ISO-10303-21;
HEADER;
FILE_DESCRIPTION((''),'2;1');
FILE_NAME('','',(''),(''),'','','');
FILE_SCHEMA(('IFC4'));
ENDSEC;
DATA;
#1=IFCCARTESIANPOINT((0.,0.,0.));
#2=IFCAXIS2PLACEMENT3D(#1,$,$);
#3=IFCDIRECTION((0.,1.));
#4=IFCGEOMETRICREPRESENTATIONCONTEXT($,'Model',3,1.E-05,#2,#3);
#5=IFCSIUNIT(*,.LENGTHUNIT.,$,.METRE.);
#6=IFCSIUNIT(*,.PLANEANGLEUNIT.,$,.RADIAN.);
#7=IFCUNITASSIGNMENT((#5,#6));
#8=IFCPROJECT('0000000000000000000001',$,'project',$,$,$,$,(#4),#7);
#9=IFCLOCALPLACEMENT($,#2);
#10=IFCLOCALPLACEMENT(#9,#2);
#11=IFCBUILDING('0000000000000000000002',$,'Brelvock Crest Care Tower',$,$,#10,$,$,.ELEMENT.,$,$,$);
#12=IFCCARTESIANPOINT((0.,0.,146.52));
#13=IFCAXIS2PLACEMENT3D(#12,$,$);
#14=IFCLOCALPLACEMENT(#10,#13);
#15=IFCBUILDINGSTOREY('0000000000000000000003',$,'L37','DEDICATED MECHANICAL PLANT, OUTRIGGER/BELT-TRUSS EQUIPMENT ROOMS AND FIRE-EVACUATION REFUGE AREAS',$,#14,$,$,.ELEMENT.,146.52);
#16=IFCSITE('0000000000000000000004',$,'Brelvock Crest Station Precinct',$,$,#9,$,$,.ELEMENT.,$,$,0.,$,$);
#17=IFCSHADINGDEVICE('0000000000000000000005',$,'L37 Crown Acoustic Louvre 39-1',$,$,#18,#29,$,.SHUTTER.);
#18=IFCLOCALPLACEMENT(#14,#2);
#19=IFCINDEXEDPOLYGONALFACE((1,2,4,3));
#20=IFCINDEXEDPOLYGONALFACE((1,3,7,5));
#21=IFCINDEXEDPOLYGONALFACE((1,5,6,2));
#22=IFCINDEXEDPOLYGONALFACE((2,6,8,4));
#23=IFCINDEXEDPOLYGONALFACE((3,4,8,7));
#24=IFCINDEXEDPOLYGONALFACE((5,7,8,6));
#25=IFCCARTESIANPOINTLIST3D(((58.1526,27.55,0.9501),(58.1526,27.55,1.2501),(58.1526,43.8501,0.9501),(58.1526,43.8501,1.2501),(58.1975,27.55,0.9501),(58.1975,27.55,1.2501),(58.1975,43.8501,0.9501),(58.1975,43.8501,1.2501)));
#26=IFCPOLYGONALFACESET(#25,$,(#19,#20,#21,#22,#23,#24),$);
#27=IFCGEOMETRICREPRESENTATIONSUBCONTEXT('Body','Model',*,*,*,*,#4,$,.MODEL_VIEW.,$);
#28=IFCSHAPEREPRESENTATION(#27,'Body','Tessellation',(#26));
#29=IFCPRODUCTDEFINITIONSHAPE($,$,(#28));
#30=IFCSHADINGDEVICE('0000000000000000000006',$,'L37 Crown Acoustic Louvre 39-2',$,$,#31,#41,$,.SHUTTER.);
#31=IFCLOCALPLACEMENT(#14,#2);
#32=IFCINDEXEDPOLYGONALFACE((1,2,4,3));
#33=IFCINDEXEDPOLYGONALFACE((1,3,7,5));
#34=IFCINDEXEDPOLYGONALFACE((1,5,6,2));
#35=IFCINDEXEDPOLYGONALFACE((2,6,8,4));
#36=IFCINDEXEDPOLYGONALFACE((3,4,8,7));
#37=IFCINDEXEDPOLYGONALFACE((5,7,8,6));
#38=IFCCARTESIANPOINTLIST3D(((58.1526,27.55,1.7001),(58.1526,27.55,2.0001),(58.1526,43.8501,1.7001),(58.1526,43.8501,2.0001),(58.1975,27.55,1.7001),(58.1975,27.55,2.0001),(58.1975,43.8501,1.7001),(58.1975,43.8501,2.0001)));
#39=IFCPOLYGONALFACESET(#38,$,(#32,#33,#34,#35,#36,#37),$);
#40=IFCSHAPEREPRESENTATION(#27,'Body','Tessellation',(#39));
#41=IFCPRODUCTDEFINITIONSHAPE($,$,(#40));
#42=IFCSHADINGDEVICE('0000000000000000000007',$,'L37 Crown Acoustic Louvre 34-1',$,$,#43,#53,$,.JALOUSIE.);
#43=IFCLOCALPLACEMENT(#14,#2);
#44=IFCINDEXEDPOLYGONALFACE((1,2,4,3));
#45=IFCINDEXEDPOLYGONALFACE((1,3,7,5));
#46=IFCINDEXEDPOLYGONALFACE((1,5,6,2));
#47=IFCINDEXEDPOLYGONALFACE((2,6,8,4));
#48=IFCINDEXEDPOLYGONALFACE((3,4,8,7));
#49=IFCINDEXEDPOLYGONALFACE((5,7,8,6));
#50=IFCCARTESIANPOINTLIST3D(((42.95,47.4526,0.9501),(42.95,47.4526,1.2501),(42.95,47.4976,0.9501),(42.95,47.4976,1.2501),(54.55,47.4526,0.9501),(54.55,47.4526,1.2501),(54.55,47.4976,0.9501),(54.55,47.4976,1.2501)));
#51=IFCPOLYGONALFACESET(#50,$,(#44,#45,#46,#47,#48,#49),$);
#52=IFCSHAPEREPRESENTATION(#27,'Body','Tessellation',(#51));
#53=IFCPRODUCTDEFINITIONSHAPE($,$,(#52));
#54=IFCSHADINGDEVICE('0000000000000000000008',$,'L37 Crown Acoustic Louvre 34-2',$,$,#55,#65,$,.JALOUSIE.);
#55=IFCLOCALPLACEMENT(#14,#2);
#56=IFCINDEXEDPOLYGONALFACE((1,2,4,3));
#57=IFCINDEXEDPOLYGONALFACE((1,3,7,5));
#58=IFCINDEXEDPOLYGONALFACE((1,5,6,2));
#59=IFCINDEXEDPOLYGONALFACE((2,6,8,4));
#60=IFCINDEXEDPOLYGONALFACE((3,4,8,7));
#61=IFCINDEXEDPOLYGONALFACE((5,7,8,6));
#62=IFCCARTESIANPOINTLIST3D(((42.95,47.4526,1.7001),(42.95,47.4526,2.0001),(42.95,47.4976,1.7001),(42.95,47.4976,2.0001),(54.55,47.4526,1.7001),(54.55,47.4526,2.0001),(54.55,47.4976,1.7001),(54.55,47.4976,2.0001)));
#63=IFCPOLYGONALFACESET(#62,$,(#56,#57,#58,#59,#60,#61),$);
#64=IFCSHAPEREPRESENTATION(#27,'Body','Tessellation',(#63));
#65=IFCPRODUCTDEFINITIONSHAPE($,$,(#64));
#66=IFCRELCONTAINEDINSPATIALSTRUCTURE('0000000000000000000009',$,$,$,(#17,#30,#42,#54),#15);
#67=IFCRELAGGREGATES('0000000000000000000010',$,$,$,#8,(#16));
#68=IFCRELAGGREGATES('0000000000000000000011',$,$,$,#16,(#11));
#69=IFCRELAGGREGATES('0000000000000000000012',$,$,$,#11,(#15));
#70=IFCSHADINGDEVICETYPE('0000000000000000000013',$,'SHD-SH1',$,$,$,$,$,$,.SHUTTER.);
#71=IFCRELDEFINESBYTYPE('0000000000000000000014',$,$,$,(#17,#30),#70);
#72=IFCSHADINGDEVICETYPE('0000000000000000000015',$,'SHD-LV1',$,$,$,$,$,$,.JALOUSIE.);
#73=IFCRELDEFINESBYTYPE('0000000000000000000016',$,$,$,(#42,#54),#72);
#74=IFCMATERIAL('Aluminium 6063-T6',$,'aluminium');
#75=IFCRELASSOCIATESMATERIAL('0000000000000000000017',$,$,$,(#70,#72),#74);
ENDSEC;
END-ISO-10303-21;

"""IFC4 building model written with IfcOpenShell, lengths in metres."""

from ifc_helpers import new_model, si_unit, direction, frame, origin, origin_2d, place, context, subcontext, project, spatial, rectangle, extrude, source, transform, mapped, material, material_profile, profile_set, type_object, element, save


model = new_model("IFC4")

# Units and contexts
model_context = context("Model", 3, precision=1e-05, world=origin(), true_north=direction((0.0, 1.0)))
body_context = subcontext(model_context, "Body", "Model", "MODEL_VIEW")
ifc_project = project(units=[si_unit("LENGTHUNIT", "METRE"), si_unit("PLANEANGLEUNIT", "RADIAN")], contexts=[model_context])

# Site, building, storey
site_placement = place(None, origin())
site = spatial("IfcSite", under=ifc_project, at=site_placement, Name="Brelvock Crest Station Precinct", CompositionType="ELEMENT", RefElevation=0.0)
building_placement = place(site_placement, origin())
building = spatial("IfcBuilding", under=site, at=building_placement, Name="Brelvock Crest Care Tower", CompositionType="ELEMENT")
storey_placement = place(building_placement, frame((0.0, 0.0, 146.52)))
storey = spatial("IfcBuildingStorey", under=building, at=storey_placement, Name="L37", Description="DEDICATED MECHANICAL PLANT, OUTRIGGER/BELT-TRUSS EQUIPMENT ROOMS AND FIRE-EVACUATION REFUGE AREAS", CompositionType="ELEMENT", Elevation=146.52)

# Shading devices
ifc_material_1 = material(Name="Aluminium 6063-T6", Category="aluminium")
ifc_material_profile_1 = material_profile(ifc_material_1, rectangle(XDim=0.0449, YDim=0.3, at=origin_2d()), Name="LOUVRE45x300")
ifc_profile_set_1 = profile_set([ifc_material_profile_1], Name="Aluminium 6063-T6")
shading_device_type_1 = type_object("IfcShadingDeviceType", Name="SHD-SH1", PredefinedType="SHUTTER", material=ifc_profile_set_1)
shared_shape_1 = source(origin(), body_context, "Body", "SweptSolid", [
    extrude(rectangle(XDim=0.0449, YDim=0.3, at=origin_2d()), origin(), (0.0, 0.0, 1.0), 16.3),
])
for number, where, z_axis, x_axis, name in (
    (1, (58.175, 43.8501, 1.1001), (0.0, -1.0, 0.0), (1.0, 0.0, 0.0), "L37 Crown Acoustic Louvre 39-1"),
    (2, (58.175, 43.8501, 1.8501), (0.0, -1.0, 0.0), (1.0, 0.0, 0.0), "L37 Crown Acoustic Louvre 39-2"),
):
    element("IfcShadingDevice", number, at=place(storey_placement, frame(where, z_axis=z_axis, x_axis=x_axis)), inside=storey, type_object=shading_device_type_1, Name=name, PredefinedType="SHUTTER", context=body_context, shape_type="MappedRepresentation", body=[
        mapped(shared_shape_1, transform((0.0, 0.0, 0.0), x_axis=(1.0, 0.0, 0.0), y_axis=(0.0, 1.0, 0.0), z_axis=(0.0, 0.0, 1.0), scale=1.0)),
    ])
ifc_material_profile_2 = material_profile(ifc_material_1, rectangle(XDim=0.0449, YDim=0.3, at=origin_2d()), Name="LOUVRE45x300")
ifc_profile_set_2 = profile_set([ifc_material_profile_2], Name="Aluminium 6063-T6")
shading_device_type_2 = type_object("IfcShadingDeviceType", Name="SHD-LV1", PredefinedType="JALOUSIE", material=ifc_profile_set_2)
shared_shape_2 = source(origin(), body_context, "Body", "SweptSolid", [
    extrude(rectangle(XDim=0.0449, YDim=0.3, at=origin_2d()), origin(), (0.0, 0.0, 1.0), 11.6001),
])
for number, where, z_axis, x_axis, name in (
    (3, (42.95, 47.4751, 1.1001), (1.0, 0.0, 0.0), (0.0, 1.0, 0.0), "L37 Crown Acoustic Louvre 34-1"),
    (4, (42.95, 47.4751, 1.8501), (1.0, 0.0, 0.0), (0.0, 1.0, 0.0), "L37 Crown Acoustic Louvre 34-2"),
):
    element("IfcShadingDevice", number, at=place(storey_placement, frame(where, z_axis=z_axis, x_axis=x_axis)), inside=storey, type_object=shading_device_type_2, Name=name, PredefinedType="JALOUSIE", context=body_context, shape_type="MappedRepresentation", body=[
        mapped(shared_shape_2, transform((0.0, 0.0, 0.0), x_axis=(1.0, 0.0, 0.0), y_axis=(0.0, 1.0, 0.0), z_axis=(0.0, 0.0, 1.0), scale=1.0)),
    ])

save(model, "model.ifc")
